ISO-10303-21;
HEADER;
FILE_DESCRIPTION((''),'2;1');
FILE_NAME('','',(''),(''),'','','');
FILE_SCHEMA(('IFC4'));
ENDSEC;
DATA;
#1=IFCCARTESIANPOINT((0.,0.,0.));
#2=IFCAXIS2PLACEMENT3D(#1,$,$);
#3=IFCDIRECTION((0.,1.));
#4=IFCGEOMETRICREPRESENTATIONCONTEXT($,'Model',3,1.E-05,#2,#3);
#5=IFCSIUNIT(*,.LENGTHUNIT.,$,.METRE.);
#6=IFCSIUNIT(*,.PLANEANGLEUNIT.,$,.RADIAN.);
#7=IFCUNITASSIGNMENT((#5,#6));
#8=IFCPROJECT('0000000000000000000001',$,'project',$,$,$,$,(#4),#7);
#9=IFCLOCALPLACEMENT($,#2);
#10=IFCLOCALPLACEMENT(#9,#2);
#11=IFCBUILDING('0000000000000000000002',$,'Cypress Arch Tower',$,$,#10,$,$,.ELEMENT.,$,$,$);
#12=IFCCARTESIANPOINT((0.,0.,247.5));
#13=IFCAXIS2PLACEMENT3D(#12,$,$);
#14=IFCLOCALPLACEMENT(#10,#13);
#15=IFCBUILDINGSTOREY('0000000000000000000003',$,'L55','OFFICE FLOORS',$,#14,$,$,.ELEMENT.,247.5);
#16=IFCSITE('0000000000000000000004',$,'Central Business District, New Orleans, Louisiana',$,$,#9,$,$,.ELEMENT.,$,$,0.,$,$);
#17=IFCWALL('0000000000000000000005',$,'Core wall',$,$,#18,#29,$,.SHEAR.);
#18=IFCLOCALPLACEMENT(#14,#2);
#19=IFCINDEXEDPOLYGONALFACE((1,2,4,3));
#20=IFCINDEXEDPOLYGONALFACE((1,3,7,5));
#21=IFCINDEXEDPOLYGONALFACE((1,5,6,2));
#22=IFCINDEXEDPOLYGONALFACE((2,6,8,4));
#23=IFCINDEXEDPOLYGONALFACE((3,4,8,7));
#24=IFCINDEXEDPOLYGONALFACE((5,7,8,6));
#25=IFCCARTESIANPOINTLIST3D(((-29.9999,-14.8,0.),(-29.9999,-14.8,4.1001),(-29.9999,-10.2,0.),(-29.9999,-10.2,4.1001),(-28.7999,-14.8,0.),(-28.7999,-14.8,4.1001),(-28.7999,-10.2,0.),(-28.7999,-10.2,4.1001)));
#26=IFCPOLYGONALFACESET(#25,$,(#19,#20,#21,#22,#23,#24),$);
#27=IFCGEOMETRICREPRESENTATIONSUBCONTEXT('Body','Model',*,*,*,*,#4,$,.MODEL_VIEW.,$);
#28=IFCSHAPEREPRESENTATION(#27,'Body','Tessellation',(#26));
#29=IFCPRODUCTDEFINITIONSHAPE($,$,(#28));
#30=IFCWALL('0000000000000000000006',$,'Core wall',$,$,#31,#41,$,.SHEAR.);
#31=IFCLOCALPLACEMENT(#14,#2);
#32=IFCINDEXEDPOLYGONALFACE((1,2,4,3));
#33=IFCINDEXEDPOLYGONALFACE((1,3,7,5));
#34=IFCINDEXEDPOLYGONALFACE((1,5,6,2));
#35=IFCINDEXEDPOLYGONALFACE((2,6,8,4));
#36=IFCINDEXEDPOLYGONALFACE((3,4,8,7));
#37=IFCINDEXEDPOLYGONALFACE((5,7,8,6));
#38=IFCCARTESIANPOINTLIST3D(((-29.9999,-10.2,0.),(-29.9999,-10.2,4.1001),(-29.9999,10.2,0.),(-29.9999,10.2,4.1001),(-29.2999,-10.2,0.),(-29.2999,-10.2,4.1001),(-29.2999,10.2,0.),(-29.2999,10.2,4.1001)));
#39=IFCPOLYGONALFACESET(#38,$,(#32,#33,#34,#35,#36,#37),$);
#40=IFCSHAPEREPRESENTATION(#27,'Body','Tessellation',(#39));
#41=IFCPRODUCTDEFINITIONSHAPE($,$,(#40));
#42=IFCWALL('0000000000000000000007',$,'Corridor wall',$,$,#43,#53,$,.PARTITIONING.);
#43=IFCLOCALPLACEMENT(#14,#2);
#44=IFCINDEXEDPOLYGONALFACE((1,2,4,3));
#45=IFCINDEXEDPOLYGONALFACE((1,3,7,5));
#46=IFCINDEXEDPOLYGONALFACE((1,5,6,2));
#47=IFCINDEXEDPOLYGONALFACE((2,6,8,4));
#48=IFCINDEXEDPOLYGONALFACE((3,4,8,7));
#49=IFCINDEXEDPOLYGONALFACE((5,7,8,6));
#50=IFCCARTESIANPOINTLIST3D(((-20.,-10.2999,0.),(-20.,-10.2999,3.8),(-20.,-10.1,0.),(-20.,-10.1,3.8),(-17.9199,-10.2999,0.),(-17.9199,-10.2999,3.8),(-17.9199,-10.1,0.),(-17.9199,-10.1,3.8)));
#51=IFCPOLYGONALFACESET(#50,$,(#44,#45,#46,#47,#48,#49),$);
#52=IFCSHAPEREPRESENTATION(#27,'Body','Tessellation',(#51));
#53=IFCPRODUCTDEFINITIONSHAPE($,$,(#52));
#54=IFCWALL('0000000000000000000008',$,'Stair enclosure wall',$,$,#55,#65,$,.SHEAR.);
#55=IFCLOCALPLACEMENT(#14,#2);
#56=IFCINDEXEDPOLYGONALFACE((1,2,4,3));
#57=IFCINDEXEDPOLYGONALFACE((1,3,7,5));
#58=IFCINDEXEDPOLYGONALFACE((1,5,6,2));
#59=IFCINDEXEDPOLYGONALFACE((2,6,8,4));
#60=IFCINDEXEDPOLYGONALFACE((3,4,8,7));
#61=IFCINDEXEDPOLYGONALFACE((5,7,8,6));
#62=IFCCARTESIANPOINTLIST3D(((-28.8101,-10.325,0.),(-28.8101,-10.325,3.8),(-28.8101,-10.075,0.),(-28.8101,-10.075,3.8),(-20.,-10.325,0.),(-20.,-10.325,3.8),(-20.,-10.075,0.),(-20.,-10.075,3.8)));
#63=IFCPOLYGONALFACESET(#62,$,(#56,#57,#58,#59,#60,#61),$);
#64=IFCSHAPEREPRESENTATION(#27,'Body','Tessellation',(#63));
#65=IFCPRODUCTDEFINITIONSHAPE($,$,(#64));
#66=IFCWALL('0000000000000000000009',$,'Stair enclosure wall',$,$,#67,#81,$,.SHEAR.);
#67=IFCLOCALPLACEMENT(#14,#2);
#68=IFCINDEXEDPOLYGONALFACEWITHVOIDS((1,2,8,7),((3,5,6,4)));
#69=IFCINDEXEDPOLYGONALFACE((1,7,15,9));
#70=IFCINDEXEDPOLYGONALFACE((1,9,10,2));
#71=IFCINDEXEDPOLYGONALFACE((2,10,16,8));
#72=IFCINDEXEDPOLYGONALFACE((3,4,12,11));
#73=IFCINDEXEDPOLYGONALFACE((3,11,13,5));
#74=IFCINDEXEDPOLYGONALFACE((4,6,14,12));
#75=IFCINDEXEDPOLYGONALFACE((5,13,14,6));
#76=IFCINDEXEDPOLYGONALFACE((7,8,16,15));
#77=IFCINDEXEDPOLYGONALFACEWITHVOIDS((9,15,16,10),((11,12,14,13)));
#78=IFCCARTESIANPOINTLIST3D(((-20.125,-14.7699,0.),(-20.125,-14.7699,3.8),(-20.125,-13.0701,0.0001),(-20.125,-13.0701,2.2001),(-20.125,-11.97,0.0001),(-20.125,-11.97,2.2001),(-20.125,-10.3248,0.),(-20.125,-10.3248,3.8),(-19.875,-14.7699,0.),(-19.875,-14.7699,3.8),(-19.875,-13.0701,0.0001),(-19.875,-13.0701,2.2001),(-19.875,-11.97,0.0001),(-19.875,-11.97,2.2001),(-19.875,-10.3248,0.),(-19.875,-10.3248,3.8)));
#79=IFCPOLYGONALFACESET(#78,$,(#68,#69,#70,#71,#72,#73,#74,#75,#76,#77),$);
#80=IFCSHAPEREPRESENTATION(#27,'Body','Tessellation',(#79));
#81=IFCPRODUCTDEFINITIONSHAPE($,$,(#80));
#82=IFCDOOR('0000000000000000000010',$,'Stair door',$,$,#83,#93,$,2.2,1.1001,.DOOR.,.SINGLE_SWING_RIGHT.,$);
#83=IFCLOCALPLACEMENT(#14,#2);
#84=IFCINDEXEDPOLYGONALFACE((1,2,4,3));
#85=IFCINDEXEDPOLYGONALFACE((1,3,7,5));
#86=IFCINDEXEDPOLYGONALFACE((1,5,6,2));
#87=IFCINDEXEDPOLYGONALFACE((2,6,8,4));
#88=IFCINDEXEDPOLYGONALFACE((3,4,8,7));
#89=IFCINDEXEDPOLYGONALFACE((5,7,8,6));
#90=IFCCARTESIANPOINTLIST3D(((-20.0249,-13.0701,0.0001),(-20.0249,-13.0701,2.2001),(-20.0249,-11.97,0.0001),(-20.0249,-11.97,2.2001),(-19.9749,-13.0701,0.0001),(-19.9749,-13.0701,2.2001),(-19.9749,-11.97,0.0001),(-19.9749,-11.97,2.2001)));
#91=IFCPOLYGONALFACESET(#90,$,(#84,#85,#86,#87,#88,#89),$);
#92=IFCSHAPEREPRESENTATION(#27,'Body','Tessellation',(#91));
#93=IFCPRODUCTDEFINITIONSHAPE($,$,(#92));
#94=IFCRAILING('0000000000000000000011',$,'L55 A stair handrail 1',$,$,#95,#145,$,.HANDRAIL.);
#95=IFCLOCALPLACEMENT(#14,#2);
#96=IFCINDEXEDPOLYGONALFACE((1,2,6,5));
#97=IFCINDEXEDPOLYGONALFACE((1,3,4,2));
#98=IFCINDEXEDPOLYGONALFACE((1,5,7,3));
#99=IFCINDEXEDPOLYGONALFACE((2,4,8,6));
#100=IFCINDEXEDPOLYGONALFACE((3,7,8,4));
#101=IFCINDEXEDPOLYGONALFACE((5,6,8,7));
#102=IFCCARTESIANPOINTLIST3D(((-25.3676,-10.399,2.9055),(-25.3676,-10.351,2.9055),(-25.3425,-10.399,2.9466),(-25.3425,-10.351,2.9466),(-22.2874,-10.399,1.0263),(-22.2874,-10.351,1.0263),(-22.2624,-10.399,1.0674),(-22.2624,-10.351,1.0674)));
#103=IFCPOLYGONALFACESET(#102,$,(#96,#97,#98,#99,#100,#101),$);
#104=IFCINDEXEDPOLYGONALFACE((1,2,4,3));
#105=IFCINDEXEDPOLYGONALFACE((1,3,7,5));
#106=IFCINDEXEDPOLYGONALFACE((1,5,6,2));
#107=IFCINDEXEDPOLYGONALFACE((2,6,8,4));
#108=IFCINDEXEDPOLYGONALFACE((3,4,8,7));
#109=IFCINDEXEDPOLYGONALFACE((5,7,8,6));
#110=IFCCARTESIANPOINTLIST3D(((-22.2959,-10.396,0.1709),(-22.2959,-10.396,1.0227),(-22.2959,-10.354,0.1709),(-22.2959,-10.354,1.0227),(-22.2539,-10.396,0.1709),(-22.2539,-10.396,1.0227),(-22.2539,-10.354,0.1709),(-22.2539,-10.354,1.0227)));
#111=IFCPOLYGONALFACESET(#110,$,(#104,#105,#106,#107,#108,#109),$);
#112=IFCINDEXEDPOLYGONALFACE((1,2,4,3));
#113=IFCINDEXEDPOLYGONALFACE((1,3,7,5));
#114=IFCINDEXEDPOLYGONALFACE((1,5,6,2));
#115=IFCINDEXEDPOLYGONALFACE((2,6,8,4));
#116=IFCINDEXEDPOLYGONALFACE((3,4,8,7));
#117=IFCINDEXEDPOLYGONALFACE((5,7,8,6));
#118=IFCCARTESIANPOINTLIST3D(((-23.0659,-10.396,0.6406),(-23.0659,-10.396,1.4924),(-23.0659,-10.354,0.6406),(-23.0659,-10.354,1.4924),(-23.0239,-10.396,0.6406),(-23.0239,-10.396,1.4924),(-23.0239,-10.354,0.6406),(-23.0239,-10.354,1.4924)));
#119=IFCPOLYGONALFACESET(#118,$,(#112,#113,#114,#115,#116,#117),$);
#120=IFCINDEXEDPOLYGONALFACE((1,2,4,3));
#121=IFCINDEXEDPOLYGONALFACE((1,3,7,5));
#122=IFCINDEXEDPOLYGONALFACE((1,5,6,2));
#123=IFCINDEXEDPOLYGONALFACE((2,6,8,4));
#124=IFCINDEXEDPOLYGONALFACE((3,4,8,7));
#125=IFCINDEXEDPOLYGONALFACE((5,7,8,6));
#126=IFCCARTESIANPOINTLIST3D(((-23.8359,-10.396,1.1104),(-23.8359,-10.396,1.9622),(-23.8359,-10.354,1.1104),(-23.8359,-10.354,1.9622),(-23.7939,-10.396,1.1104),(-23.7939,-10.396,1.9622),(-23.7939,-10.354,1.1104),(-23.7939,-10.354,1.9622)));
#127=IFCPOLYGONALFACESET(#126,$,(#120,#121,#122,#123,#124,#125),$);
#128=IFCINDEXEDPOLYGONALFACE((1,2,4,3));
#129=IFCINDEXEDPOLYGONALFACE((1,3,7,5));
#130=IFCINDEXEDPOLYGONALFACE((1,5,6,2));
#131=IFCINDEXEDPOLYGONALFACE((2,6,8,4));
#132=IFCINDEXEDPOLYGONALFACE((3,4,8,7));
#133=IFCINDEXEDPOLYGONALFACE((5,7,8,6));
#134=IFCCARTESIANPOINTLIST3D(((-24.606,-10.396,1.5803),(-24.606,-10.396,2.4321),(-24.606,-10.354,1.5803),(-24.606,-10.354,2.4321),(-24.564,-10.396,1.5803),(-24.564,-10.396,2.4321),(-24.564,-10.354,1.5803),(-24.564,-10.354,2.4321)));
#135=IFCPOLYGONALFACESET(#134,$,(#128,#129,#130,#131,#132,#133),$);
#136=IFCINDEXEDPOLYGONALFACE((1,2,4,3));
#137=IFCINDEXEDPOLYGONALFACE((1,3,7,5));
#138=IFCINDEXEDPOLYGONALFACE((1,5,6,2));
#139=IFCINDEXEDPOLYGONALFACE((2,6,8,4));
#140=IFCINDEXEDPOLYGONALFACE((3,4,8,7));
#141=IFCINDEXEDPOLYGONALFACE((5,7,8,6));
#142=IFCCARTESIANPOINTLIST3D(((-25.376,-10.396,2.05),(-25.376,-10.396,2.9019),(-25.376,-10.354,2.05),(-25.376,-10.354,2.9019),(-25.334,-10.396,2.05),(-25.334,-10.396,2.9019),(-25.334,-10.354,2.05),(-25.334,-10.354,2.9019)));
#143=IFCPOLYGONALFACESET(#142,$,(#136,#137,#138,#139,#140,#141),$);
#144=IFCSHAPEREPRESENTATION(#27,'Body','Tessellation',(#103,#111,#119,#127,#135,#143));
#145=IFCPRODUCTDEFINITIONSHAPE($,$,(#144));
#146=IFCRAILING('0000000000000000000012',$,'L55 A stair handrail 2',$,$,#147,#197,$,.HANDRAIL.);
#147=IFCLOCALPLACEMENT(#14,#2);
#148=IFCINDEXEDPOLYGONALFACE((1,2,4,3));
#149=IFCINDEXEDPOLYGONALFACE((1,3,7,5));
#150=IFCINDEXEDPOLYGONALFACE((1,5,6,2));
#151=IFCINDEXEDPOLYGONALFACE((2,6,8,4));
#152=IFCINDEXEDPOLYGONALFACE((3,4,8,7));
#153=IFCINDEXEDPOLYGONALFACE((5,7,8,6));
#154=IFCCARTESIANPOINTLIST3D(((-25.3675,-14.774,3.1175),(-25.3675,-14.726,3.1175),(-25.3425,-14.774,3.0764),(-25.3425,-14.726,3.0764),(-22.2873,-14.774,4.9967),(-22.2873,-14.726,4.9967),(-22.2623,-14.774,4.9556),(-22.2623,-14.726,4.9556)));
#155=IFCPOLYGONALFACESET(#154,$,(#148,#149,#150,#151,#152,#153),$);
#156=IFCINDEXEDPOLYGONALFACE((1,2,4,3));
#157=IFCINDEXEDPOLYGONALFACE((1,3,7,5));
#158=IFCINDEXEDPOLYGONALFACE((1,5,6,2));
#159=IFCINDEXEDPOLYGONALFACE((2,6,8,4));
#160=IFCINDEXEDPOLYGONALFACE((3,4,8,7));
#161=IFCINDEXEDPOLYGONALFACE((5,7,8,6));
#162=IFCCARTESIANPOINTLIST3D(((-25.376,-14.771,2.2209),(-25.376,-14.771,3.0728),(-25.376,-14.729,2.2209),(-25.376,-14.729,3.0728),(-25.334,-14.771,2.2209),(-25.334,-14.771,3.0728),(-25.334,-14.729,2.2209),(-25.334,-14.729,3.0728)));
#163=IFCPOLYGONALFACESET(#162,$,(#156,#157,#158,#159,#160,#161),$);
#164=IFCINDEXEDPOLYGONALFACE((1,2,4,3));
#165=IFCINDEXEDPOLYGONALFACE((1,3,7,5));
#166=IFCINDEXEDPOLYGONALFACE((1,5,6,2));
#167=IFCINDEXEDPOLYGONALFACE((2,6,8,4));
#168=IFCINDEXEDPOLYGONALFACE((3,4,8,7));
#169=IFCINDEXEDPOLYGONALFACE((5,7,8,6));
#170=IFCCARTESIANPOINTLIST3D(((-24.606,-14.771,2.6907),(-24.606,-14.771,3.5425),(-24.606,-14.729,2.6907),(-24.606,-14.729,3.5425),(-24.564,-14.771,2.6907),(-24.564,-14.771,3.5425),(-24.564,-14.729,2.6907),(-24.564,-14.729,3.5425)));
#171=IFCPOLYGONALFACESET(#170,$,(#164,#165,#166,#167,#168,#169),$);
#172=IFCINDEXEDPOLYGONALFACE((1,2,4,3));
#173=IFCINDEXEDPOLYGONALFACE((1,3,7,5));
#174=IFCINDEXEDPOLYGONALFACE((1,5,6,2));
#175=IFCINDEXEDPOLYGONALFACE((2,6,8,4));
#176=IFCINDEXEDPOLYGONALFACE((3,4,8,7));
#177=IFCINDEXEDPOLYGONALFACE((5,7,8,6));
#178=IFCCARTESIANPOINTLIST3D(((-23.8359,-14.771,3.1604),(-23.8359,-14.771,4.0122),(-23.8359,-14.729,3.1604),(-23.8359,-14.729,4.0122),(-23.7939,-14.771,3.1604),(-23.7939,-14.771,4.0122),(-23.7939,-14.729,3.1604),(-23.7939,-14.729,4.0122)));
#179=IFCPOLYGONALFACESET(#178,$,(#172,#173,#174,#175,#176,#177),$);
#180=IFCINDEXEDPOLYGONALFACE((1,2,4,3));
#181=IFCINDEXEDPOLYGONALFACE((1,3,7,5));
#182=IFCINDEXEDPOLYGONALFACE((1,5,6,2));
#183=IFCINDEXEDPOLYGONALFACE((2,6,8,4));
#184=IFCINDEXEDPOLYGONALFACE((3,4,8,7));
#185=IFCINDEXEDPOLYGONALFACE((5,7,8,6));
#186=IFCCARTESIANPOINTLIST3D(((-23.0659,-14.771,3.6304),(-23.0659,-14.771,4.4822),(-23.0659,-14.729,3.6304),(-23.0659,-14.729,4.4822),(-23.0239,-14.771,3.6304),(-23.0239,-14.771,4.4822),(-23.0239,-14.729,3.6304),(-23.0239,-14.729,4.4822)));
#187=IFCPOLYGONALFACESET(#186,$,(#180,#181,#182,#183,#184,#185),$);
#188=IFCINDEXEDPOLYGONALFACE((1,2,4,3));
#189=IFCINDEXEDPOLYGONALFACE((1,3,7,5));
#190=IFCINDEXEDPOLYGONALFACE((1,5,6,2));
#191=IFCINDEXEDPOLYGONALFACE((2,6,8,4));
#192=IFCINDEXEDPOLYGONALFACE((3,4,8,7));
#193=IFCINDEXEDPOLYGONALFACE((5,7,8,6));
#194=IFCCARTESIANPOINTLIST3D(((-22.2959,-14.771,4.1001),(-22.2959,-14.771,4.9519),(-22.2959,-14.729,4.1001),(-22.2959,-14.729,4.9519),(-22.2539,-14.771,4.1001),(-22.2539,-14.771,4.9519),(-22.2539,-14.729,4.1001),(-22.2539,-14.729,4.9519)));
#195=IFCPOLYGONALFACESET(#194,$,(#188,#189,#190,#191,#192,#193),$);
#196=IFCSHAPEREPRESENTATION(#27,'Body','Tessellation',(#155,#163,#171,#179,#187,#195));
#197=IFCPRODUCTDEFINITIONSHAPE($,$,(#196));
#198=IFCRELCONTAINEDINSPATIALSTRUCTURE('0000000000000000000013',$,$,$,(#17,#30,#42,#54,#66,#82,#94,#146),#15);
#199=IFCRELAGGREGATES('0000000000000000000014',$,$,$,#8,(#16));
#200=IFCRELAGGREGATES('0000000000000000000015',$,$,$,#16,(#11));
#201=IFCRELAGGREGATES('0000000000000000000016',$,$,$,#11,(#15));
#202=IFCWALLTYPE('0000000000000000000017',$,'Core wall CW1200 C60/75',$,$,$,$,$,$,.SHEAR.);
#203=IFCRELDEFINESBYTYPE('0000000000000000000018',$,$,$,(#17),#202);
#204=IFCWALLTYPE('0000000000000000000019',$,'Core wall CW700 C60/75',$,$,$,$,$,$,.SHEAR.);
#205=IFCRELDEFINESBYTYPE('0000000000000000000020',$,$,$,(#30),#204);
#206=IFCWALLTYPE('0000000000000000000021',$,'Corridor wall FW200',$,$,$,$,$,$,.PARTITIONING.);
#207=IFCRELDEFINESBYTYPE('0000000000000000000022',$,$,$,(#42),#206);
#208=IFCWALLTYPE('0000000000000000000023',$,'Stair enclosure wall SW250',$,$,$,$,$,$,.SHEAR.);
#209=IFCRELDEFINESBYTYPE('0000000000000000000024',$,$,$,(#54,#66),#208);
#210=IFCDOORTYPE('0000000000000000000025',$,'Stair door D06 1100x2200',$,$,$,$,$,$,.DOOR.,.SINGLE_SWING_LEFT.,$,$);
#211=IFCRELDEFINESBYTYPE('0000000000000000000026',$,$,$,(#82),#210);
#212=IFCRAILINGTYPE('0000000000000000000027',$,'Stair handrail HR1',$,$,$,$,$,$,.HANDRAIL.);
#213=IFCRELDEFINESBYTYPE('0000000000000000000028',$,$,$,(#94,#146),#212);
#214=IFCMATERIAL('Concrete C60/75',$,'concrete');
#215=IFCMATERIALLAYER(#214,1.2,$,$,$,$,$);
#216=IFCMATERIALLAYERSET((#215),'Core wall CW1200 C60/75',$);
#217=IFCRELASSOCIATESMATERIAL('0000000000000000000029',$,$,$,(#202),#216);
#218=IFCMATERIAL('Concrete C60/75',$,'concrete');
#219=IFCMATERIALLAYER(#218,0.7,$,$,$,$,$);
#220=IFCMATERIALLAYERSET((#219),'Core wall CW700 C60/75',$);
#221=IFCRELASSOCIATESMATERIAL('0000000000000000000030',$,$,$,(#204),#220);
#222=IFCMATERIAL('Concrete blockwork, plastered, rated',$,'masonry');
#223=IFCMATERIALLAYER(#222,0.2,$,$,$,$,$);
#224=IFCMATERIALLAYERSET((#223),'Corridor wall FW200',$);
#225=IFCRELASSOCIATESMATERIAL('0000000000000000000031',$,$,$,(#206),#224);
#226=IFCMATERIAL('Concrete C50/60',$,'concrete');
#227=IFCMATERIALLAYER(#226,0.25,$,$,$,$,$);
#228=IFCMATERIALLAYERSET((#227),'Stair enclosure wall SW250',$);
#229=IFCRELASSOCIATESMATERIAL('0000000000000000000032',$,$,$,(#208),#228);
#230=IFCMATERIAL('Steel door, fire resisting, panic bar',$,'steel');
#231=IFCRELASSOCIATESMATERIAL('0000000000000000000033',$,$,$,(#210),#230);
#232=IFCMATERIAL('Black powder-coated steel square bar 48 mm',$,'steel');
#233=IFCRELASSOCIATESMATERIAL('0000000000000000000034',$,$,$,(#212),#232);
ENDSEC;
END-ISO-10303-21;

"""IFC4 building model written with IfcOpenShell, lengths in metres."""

from ifc_helpers import new_model, si_unit, direction, frame, frame_2d, origin, origin_2d, place, context, subcontext, project, spatial, rectangle, extrude, material, layer, layer_set, type_object, element, fill, save


model = new_model("IFC4")

# Units and contexts
model_context = context("Model", 3, precision=1e-05, world=origin(), true_north=direction((0.0, 1.0)))
body_context = subcontext(model_context, "Body", "Model", "MODEL_VIEW")
ifc_project = project(units=[si_unit("LENGTHUNIT", "METRE"), si_unit("PLANEANGLEUNIT", "RADIAN")], contexts=[model_context])

# Site, building, storey
site_placement = place(None, origin())
site = spatial("IfcSite", under=ifc_project, at=site_placement, Name="Central Business District, New Orleans, Louisiana", CompositionType="ELEMENT", RefElevation=0.0)
building_placement = place(site_placement, origin())
building = spatial("IfcBuilding", under=site, at=building_placement, Name="Cypress Arch Tower", CompositionType="ELEMENT")
storey_placement = place(building_placement, frame((0.0, 0.0, 247.5)))
storey = spatial("IfcBuildingStorey", under=building, at=storey_placement, Name="L55", Description="OFFICE FLOORS", CompositionType="ELEMENT", Elevation=247.5)

# Walls
ifc_material_1 = material(Name="Concrete C60/75", Category="concrete")
ifc_layer_1 = layer(ifc_material_1, 1.2)
ifc_layer_set_1 = layer_set([ifc_layer_1], Name="Core wall CW1200 C60/75")
wall_type_1 = type_object("IfcWallType", Name="Core wall CW1200 C60/75", PredefinedType="SHEAR", material=ifc_layer_set_1)
wall_1_placement = place(storey_placement, frame((-29.3999, -14.8, 0.0), z_axis=(0.0, 0.0, 1.0), x_axis=(0.0, 1.0, 0.0)))
element("IfcWall", 1, at=wall_1_placement, inside=storey, type_object=wall_type_1, Name="Core wall", PredefinedType="SHEAR", context=body_context, shape_type="SweptSolid", body=[
    extrude(rectangle(XDim=4.6001, YDim=1.2, at=frame_2d((2.3, 0.0))), origin(), (0.0, 0.0, 1.0), 4.1001),
])
ifc_material_2 = material(Name="Concrete C60/75", Category="concrete")
ifc_layer_2 = layer(ifc_material_2, 0.7)
ifc_layer_set_2 = layer_set([ifc_layer_2], Name="Core wall CW700 C60/75")
wall_type_2 = type_object("IfcWallType", Name="Core wall CW700 C60/75", PredefinedType="SHEAR", material=ifc_layer_set_2)
wall_2_placement = place(storey_placement, frame((-29.6499, -10.2, 0.0), z_axis=(0.0, 0.0, 1.0), x_axis=(0.0, 1.0, 0.0)))
element("IfcWall", 2, at=wall_2_placement, inside=storey, type_object=wall_type_2, Name="Core wall", PredefinedType="SHEAR", context=body_context, shape_type="SweptSolid", body=[
    extrude(rectangle(XDim=20.3999, YDim=0.7, at=frame_2d((10.2, 0.0))), origin(), (0.0, 0.0, 1.0), 4.1001),
])
ifc_material_3 = material(Name="Concrete blockwork, plastered, rated", Category="masonry")
ifc_layer_3 = layer(ifc_material_3, 0.2)
ifc_layer_set_3 = layer_set([ifc_layer_3], Name="Corridor wall FW200")
wall_type_3 = type_object("IfcWallType", Name="Corridor wall FW200", PredefinedType="PARTITIONING", material=ifc_layer_set_3)
wall_3_placement = place(storey_placement, frame((-20.0, -10.2, 0.0), z_axis=(0.0, 0.0, 1.0), x_axis=(1.0, 0.0, 0.0)))
element("IfcWall", 3, at=wall_3_placement, inside=storey, type_object=wall_type_3, Name="Corridor wall", PredefinedType="PARTITIONING", context=body_context, shape_type="SweptSolid", body=[
    extrude(rectangle(XDim=2.0801, YDim=0.2, at=frame_2d((1.04, 0.0))), origin(), (0.0, 0.0, 1.0), 3.8),
])
ifc_material_4 = material(Name="Concrete C50/60", Category="concrete")
ifc_layer_4 = layer(ifc_material_4, 0.25)
ifc_layer_set_4 = layer_set([ifc_layer_4], Name="Stair enclosure wall SW250")
wall_type_4 = type_object("IfcWallType", Name="Stair enclosure wall SW250", PredefinedType="SHEAR", material=ifc_layer_set_4)
wall_4_placement = place(storey_placement, frame((-28.8101, -10.2, 0.0), z_axis=(0.0, 0.0, 1.0), x_axis=(1.0, 0.0, 0.0)))
element("IfcWall", 4, at=wall_4_placement, inside=storey, type_object=wall_type_4, Name="Stair enclosure wall", PredefinedType="SHEAR", context=body_context, shape_type="SweptSolid", body=[
    extrude(rectangle(XDim=8.8101, YDim=0.25, at=frame_2d((4.405, 0.0))), origin(), (0.0, 0.0, 1.0), 3.8),
])

# Wall, opening, door
wall_5_placement = place(storey_placement, frame((-20.0, -14.77, 0.0), z_axis=(0.0, 0.0, 1.0), x_axis=(0.0, 1.0, 0.0)))
wall_5 = element("IfcWall", 5, at=wall_5_placement, inside=storey, type_object=wall_type_4, Name="Stair enclosure wall", PredefinedType="SHEAR", context=body_context, shape_type="SweptSolid", body=[
    extrude(rectangle(XDim=4.4451, YDim=0.25, at=frame_2d((2.2227, 0.0))), origin(), (0.0, 0.0, 1.0), 3.8),
])
opening_1_placement = place(wall_5_placement, frame((1.7, 0.0, 0.0)))
opening_1 = element("IfcOpeningElement", 6, at=opening_1_placement, cuts=wall_5, PredefinedType="OPENING", context=body_context, shape_type="SweptSolid", body=[
    extrude(rectangle(XDim=1.1001, YDim=2.2, at=frame_2d((0.55, 1.1001))), frame((0.0, 0.135, 0.0), z_axis=(0.0, -1.0, 0.0), x_axis=(1.0, 0.0, 0.0)), (0.0, 0.0, 1.0), 0.27),
])
ifc_material_5 = material(Name="Steel door, fire resisting, panic bar", Category="steel")
door_type = type_object("IfcDoorType", Name="Stair door D06 1100x2200", OperationType="SINGLE_SWING_LEFT", PredefinedType="DOOR", material=ifc_material_5)
door_placement = place(opening_1_placement, origin())
door = element("IfcDoor", 7, at=door_placement, inside=storey, type_object=door_type, Name="Stair door", OperationType="SINGLE_SWING_RIGHT", OverallHeight=2.2, OverallWidth=1.1001, PredefinedType="DOOR", context=body_context, shape_type="SweptSolid", body=[
    extrude(rectangle(XDim=1.1001, YDim=2.2, at=frame_2d((0.55, 1.1001))), frame((0.0, 0.0249, 0.0), z_axis=(0.0, -1.0, 0.0), x_axis=(1.0, 0.0, 0.0)), (0.0, 0.0, 1.0), 0.05),
])
fill(opening_1, door)

# Railings
ifc_material_6 = material(Name="Black powder-coated steel square bar 48 mm", Category="steel")
railing_type_1 = type_object("IfcRailingType", Name="Stair handrail HR1", PredefinedType="HANDRAIL", material=ifc_material_6)
railing_1_placement = place(storey_placement, frame((-22.2749, -10.375, 0.1709)))
element("IfcRailing", 8, at=railing_1_placement, inside=storey, type_object=railing_type_1, Name="L55 A stair handrail 1", PredefinedType="HANDRAIL", context=body_context, shape_type="SweptSolid", body=[
    extrude(rectangle(XDim=0.0481, YDim=0.0481, at=origin_2d()), frame((0.0, 0.0, 0.876), z_axis=(-0.853666, 0.0, 0.52082), x_axis=(0.0, -1.0, 0.0)), (0.0, 0.0, 1.0), 3.6082),
    extrude(rectangle(XDim=0.042, YDim=0.042, at=origin_2d()), origin(), (0.0, 0.0, 1.0), 0.8518),
    extrude(rectangle(XDim=0.042, YDim=0.042, at=origin_2d()), frame((-0.77, 0.0, 0.4697)), (0.0, 0.0, 1.0), 0.8518),
    extrude(rectangle(XDim=0.042, YDim=0.042, at=origin_2d()), frame((-1.54, 0.0, 0.9395)), (0.0, 0.0, 1.0), 0.8518),
    extrude(rectangle(XDim=0.042, YDim=0.042, at=origin_2d()), frame((-2.3101, 0.0, 1.4094)), (0.0, 0.0, 1.0), 0.8518),
    extrude(rectangle(XDim=0.042, YDim=0.042, at=origin_2d()), frame((-3.0801, 0.0, 1.8792)), (0.0, 0.0, 1.0), 0.8518),
])
railing_2_placement = place(storey_placement, frame((-25.355, -14.75, 2.2209)))
element("IfcRailing", 9, at=railing_2_placement, inside=storey, type_object=railing_type_1, Name="L55 A stair handrail 2", PredefinedType="HANDRAIL", context=body_context, shape_type="SweptSolid", body=[
    extrude(rectangle(XDim=0.0481, YDim=0.0481, at=origin_2d()), frame((0.0, 0.0, 0.876), z_axis=(0.853666, 0.0, 0.52082), x_axis=(0.0, 1.0, 0.0)), (0.0, 0.0, 1.0), 3.6082),
    extrude(rectangle(XDim=0.042, YDim=0.042, at=origin_2d()), origin(), (0.0, 0.0, 1.0), 0.8518),
    extrude(rectangle(XDim=0.042, YDim=0.042, at=origin_2d()), frame((0.77, 0.0, 0.4697)), (0.0, 0.0, 1.0), 0.8518),
    extrude(rectangle(XDim=0.042, YDim=0.042, at=origin_2d()), frame((1.54, 0.0, 0.9395)), (0.0, 0.0, 1.0), 0.8518),
    extrude(rectangle(XDim=0.042, YDim=0.042, at=origin_2d()), frame((2.3101, 0.0, 1.4094)), (0.0, 0.0, 1.0), 0.8518),
    extrude(rectangle(XDim=0.042, YDim=0.042, at=origin_2d()), frame((3.0801, 0.0, 1.8792)), (0.0, 0.0, 1.0), 0.8518),
])

save(model, "model.ifc")
